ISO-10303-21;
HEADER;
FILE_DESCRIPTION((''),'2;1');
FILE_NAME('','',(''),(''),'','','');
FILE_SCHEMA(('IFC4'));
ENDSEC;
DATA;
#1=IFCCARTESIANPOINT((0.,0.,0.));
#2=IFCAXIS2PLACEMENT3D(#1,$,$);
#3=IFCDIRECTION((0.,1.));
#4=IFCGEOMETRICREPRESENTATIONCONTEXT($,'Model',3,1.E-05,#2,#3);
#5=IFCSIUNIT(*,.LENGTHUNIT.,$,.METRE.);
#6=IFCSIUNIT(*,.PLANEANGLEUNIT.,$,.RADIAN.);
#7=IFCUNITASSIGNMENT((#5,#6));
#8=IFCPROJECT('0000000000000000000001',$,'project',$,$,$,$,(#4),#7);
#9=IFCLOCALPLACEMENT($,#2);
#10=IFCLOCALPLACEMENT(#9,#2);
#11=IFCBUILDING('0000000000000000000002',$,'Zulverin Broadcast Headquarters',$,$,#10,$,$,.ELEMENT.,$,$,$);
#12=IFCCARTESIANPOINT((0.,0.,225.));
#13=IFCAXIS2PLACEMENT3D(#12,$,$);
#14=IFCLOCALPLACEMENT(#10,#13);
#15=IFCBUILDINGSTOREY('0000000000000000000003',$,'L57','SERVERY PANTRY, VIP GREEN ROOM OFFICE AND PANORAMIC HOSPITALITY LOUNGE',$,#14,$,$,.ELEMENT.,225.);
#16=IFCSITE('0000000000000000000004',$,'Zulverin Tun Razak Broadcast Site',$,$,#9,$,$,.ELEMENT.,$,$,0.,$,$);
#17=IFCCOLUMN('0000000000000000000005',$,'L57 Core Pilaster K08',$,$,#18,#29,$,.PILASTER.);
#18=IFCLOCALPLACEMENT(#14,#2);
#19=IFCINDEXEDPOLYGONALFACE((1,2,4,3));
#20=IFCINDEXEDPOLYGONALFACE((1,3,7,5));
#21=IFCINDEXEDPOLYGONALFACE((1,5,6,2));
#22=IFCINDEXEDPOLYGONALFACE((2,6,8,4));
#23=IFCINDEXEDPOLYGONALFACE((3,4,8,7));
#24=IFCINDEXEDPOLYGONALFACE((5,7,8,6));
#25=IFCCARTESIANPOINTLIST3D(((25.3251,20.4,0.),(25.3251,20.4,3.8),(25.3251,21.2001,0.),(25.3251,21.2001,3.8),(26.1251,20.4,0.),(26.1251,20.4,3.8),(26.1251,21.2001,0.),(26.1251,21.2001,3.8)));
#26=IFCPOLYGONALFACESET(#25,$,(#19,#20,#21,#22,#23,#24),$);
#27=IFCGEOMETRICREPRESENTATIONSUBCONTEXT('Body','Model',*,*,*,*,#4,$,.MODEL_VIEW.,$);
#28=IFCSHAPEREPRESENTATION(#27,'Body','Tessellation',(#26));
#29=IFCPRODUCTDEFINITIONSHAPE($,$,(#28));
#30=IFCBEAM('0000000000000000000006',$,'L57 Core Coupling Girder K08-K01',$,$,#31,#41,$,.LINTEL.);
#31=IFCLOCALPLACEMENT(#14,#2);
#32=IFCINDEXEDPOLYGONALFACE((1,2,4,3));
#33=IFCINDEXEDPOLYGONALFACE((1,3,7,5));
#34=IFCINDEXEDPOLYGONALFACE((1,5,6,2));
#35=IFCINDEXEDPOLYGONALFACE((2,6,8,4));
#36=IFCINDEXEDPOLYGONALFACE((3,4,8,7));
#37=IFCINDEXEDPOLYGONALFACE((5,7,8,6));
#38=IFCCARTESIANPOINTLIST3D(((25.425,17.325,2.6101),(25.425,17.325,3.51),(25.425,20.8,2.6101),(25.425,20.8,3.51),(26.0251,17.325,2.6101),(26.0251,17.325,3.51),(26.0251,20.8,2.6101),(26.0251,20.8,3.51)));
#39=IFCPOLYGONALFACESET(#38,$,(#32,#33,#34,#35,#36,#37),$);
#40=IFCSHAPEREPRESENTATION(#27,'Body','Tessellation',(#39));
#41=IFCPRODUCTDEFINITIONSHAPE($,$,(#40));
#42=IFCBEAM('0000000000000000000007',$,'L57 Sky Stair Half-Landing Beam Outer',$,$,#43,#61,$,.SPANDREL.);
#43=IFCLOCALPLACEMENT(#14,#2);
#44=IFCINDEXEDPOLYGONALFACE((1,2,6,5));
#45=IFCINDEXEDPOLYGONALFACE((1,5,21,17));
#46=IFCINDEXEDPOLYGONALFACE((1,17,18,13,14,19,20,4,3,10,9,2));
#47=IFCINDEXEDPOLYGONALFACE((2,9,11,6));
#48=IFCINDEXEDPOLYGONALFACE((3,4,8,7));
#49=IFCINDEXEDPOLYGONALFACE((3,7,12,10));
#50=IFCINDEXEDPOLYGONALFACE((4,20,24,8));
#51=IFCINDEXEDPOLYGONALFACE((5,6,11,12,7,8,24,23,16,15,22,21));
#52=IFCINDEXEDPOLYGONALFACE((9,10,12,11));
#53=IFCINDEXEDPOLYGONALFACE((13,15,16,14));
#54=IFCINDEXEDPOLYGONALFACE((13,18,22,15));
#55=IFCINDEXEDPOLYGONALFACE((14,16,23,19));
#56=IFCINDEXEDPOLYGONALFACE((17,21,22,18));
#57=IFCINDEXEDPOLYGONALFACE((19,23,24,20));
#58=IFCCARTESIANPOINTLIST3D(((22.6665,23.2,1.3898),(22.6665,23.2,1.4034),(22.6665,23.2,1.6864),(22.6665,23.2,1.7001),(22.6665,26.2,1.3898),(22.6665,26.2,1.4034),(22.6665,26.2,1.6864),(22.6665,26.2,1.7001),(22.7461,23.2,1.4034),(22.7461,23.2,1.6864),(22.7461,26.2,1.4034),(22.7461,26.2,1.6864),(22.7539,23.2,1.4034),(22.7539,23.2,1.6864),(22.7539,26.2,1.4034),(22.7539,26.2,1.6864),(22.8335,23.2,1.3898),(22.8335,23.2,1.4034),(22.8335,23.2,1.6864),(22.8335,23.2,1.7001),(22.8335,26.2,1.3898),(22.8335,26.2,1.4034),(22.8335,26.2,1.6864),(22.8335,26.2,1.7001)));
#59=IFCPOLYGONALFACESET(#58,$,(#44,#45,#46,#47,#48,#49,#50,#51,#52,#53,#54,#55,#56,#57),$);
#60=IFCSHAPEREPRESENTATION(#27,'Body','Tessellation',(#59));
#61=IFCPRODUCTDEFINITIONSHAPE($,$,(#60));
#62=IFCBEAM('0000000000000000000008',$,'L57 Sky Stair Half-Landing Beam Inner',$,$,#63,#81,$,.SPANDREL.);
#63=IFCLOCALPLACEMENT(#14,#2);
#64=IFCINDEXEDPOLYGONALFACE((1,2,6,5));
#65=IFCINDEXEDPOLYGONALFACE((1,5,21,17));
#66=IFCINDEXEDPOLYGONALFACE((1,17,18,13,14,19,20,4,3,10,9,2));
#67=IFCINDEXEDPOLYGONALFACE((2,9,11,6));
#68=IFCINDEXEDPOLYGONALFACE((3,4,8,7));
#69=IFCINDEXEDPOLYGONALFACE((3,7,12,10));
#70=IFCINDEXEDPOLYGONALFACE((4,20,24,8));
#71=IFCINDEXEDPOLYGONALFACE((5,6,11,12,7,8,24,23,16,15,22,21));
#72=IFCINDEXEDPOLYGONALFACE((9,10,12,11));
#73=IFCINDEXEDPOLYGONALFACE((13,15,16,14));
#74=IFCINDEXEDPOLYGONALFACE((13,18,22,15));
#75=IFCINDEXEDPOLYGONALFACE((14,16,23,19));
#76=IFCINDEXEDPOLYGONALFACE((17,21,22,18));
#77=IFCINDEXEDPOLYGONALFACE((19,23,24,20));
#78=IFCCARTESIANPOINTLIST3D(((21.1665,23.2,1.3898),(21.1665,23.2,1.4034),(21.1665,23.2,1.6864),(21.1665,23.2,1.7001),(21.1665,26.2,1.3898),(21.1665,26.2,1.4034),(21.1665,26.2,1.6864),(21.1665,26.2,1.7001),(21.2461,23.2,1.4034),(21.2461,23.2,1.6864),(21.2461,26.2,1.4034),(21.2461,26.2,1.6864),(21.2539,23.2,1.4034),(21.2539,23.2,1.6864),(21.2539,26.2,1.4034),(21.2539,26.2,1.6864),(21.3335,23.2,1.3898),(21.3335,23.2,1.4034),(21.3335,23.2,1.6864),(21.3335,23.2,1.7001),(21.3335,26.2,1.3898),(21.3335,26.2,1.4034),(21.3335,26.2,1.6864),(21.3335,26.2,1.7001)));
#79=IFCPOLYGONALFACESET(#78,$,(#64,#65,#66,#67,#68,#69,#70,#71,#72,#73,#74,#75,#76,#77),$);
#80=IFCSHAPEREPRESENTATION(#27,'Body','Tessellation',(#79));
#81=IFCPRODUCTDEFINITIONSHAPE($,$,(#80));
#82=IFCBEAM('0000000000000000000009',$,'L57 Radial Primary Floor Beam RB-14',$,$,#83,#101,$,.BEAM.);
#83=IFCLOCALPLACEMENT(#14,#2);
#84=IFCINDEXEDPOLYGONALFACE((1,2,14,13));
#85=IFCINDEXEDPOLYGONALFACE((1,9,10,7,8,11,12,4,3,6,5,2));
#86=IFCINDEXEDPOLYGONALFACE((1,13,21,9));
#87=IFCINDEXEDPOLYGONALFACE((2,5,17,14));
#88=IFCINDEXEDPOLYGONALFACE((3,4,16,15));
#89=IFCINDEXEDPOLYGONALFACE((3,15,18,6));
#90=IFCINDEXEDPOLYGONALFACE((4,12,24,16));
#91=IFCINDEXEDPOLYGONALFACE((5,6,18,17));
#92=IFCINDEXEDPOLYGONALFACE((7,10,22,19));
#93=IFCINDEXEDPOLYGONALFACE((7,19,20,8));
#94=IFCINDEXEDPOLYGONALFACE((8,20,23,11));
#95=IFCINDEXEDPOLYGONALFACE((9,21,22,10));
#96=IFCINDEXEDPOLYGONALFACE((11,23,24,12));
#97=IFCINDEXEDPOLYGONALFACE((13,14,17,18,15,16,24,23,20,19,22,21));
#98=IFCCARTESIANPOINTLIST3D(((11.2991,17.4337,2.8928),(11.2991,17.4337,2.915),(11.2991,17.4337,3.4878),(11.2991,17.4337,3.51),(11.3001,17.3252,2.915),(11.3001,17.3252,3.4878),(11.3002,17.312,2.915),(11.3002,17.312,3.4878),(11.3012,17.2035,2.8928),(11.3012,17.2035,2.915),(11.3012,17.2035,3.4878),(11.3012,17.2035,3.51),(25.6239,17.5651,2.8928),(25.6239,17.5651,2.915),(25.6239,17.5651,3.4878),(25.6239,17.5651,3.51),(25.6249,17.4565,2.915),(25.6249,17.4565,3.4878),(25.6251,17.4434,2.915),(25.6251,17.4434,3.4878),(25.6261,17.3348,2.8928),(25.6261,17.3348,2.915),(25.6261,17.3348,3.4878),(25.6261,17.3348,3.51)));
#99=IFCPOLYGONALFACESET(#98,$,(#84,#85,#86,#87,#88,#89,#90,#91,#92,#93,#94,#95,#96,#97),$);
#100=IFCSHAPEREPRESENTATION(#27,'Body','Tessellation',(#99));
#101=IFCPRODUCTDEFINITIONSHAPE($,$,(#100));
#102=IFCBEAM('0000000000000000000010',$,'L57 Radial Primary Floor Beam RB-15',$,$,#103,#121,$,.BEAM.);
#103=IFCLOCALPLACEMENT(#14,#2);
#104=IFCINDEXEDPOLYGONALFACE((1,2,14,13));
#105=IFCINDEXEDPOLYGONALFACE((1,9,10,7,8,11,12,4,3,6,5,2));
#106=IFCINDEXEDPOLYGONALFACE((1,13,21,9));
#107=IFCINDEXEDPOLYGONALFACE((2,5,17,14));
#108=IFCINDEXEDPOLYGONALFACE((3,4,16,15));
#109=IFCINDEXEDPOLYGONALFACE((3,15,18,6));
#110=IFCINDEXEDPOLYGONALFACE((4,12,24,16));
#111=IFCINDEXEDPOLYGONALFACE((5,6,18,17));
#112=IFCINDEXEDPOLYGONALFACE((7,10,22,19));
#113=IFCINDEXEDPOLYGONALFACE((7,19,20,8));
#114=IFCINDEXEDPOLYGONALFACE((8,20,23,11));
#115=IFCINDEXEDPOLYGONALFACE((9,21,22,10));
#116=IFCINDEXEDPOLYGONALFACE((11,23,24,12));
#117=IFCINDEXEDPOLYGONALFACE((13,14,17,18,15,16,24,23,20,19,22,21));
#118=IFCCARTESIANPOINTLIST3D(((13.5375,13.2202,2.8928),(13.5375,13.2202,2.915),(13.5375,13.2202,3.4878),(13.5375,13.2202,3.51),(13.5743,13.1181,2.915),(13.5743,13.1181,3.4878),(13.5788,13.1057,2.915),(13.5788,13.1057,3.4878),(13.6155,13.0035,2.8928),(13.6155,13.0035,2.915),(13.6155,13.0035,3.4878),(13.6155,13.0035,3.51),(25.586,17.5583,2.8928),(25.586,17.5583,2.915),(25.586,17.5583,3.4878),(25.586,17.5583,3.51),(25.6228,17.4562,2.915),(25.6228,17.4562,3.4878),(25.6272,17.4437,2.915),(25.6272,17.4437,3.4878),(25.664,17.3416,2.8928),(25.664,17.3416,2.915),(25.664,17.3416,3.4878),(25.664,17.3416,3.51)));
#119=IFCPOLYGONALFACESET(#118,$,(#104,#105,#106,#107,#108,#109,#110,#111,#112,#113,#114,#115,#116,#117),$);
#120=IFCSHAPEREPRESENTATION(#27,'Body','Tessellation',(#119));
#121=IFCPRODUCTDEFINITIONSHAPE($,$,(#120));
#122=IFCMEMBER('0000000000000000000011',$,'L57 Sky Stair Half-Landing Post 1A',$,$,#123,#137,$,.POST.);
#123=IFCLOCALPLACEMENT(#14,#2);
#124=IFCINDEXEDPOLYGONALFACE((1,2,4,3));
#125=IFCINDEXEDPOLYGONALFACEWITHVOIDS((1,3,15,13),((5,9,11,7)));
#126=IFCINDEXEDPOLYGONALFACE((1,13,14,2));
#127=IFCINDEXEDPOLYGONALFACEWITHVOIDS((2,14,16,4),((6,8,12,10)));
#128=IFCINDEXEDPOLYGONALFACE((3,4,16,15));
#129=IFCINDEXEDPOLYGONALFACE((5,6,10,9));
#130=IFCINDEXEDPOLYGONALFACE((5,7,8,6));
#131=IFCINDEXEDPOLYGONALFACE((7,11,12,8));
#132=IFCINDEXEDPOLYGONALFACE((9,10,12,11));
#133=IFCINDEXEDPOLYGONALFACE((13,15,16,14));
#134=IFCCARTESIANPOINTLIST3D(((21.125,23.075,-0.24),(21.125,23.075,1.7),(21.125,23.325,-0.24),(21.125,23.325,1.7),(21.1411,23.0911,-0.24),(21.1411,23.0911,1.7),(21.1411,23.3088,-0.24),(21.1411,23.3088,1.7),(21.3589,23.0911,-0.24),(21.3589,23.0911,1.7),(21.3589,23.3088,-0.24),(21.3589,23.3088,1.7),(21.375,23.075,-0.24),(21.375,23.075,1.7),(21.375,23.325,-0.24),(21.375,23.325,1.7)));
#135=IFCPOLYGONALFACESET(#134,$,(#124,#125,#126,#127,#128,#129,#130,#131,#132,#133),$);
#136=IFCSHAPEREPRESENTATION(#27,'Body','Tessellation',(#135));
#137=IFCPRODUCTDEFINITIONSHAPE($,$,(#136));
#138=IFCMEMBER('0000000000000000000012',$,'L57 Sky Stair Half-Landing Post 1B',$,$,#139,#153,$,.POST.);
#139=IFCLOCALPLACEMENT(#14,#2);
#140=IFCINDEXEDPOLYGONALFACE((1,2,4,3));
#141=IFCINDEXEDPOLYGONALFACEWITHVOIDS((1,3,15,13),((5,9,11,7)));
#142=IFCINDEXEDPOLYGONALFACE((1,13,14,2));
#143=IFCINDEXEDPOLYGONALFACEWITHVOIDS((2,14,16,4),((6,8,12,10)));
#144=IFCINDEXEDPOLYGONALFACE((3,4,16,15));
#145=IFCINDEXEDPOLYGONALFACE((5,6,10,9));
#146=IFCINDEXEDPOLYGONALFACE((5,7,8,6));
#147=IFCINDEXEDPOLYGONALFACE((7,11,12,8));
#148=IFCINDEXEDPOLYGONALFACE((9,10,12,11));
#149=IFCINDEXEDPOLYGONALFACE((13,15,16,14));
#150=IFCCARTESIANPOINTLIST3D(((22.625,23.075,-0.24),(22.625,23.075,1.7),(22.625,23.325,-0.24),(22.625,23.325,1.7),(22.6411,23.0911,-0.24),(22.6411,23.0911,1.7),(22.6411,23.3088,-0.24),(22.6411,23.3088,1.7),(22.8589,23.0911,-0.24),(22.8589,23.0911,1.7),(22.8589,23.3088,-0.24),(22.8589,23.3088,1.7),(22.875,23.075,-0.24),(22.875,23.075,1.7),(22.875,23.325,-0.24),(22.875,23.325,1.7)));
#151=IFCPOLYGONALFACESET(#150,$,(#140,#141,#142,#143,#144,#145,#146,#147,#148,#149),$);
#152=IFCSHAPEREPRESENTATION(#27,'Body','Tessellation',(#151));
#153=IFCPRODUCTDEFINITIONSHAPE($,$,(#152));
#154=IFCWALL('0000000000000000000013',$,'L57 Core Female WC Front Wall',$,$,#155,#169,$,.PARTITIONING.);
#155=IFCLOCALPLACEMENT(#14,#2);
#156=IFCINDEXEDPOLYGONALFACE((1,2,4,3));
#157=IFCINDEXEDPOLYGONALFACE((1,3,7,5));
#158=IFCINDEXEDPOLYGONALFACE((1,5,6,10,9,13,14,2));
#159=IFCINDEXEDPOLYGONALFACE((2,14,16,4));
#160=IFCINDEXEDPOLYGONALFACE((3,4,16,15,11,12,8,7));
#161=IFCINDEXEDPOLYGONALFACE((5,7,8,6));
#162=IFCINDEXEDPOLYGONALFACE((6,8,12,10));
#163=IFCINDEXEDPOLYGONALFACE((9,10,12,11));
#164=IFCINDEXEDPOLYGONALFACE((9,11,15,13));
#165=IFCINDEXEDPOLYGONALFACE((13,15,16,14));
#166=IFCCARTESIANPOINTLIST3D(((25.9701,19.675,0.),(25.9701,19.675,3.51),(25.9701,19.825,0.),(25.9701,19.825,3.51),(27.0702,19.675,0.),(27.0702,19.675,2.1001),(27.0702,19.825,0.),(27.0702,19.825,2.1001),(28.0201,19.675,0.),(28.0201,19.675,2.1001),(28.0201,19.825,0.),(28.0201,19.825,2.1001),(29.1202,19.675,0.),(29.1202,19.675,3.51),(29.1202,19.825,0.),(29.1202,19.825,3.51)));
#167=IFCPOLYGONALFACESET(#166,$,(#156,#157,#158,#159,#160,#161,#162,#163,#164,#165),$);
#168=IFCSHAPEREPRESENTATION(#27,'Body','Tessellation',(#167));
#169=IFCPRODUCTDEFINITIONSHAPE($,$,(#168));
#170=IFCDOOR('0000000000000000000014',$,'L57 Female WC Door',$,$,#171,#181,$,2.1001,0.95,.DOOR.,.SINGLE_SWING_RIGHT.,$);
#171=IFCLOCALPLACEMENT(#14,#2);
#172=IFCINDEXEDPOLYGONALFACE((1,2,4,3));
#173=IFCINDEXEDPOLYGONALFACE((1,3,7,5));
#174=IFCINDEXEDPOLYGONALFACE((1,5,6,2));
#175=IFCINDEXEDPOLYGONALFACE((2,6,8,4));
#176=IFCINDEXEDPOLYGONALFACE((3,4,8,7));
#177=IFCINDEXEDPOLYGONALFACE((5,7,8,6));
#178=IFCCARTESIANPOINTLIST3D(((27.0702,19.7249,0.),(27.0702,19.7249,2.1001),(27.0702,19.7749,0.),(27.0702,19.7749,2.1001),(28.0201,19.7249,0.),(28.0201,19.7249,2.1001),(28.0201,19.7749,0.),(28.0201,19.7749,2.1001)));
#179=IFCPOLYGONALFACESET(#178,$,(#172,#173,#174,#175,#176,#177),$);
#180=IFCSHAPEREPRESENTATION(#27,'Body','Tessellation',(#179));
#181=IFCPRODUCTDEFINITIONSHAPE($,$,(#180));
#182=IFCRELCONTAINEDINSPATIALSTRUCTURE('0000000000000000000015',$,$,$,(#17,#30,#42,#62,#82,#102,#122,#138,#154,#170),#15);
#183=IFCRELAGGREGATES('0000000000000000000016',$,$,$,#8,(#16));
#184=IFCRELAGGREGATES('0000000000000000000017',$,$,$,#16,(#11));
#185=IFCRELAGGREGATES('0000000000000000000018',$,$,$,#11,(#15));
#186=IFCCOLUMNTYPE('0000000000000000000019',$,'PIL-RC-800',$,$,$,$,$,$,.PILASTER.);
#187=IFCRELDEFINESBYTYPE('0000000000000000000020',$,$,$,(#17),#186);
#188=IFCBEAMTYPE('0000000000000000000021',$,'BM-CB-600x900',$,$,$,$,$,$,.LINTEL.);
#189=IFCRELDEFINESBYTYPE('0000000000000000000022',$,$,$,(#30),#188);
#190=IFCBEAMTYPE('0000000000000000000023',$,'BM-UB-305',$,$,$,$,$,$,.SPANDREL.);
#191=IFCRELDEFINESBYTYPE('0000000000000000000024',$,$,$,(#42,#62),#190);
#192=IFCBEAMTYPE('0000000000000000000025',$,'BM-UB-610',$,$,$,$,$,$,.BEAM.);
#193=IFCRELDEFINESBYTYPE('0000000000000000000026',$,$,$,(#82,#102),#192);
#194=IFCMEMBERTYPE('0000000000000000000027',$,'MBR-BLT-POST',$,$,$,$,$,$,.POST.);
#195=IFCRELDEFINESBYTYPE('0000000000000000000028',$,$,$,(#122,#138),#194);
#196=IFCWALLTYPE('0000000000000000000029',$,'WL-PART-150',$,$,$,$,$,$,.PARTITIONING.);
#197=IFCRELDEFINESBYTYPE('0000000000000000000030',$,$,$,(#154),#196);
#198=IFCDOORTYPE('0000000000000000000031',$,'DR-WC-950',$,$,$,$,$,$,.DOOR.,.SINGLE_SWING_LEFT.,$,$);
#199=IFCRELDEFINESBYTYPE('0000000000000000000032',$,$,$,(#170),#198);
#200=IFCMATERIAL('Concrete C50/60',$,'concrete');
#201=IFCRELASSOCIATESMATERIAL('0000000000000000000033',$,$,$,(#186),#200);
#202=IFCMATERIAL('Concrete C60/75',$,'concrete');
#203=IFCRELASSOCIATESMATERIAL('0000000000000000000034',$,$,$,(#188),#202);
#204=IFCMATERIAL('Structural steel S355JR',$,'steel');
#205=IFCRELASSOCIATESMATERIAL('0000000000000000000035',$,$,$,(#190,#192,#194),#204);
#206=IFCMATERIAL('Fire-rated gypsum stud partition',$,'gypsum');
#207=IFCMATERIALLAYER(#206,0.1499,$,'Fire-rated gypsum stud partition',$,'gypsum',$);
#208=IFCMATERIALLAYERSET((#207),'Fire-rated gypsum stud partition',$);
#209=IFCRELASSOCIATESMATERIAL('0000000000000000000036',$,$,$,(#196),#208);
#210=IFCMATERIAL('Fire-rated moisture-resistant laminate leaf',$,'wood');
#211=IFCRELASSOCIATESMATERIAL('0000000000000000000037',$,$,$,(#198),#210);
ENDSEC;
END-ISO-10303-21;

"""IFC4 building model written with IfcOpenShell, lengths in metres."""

from ifc_helpers import new_model, si_unit, direction, frame, frame_2d, origin, origin_2d, place, context, subcontext, project, spatial, rectangle, hollow_rectangle, i_section, extrude, material, layer, layer_set, material_profile, profile_set, type_object, element, fill, save


model = new_model("IFC4")

# Units and contexts
model_context = context("Model", 3, precision=1e-05, world=origin(), true_north=direction((0.0, 1.0)))
body_context = subcontext(model_context, "Body", "Model", "MODEL_VIEW")
ifc_project = project(units=[si_unit("LENGTHUNIT", "METRE"), si_unit("PLANEANGLEUNIT", "RADIAN")], contexts=[model_context])

# Site, building, storey
site_placement = place(None, origin())
site = spatial("IfcSite", under=ifc_project, at=site_placement, Name="Zulverin Tun Razak Broadcast Site", CompositionType="ELEMENT", RefElevation=0.0)
building_placement = place(site_placement, origin())
building = spatial("IfcBuilding", under=site, at=building_placement, Name="Zulverin Broadcast Headquarters", CompositionType="ELEMENT")
storey_placement = place(building_placement, frame((0.0, 0.0, 225.0)))
storey = spatial("IfcBuildingStorey", under=building, at=storey_placement, Name="L57", Description="SERVERY PANTRY, VIP GREEN ROOM OFFICE AND PANORAMIC HOSPITALITY LOUNGE", CompositionType="ELEMENT", Elevation=225.0)

# Column
ifc_material_1 = material(Name="Concrete C50/60", Category="concrete")
ifc_material_profile_1 = material_profile(ifc_material_1, rectangle(XDim=0.8, YDim=0.8, at=origin_2d()), Name="Concrete C50/60", Category="concrete")
ifc_profile_set_1 = profile_set([ifc_material_profile_1], Name="Concrete C50/60")
column_type = type_object("IfcColumnType", Name="PIL-RC-800", PredefinedType="PILASTER", material=ifc_profile_set_1)
column_placement = place(storey_placement, frame((25.7251, 20.8, 0.0), z_axis=(0.0, 0.0, 1.0), x_axis=(1.0, 0.0, 0.0)))
element("IfcColumn", 1, at=column_placement, inside=storey, type_object=column_type, Name="L57 Core Pilaster K08", PredefinedType="PILASTER", context=body_context, shape_type="SweptSolid", body=[
    extrude(rectangle(XDim=0.8, YDim=0.8, at=origin_2d()), origin(), (0.0, 0.0, 1.0), 3.8),
])

# Beams
ifc_material_2 = material(Name="Concrete C60/75", Category="concrete")
ifc_material_profile_2 = material_profile(ifc_material_2, rectangle(XDim=0.6001, YDim=0.8999, at=origin_2d()), Name="Concrete C60/75", Category="concrete")
ifc_profile_set_2 = profile_set([ifc_material_profile_2], Name="Concrete C60/75")
beam_type_1 = type_object("IfcBeamType", Name="BM-CB-600x900", PredefinedType="LINTEL", material=ifc_profile_set_2)
beam_1_placement = place(storey_placement, frame((25.7251, 20.8, 3.0601), z_axis=(0.0, -1.0, 0.0), x_axis=(1.0, 0.0, 0.0)))
element("IfcBeam", 2, at=beam_1_placement, inside=storey, type_object=beam_type_1, Name="L57 Core Coupling Girder K08-K01", PredefinedType="LINTEL", context=body_context, shape_type="SweptSolid", body=[
    extrude(rectangle(XDim=0.6001, YDim=0.8999, at=origin_2d()), origin(), (0.0, 0.0, 1.0), 3.4751),
])
ifc_material_3 = material(Name="Structural steel S355JR", Category="steel")
ifc_material_profile_3 = material_profile(ifc_material_3, i_section(OverallWidth=0.167, OverallDepth=0.3103, WebThickness=0.0078, FlangeThickness=0.0137, at=origin_2d()), Name="Structural steel S355JR", Category="steel")
ifc_profile_set_3 = profile_set([ifc_material_profile_3], Name="Structural steel S355JR")
beam_type_2 = type_object("IfcBeamType", Name="BM-UB-305", PredefinedType="SPANDREL", material=ifc_profile_set_3)
for number, where, z_axis, x_axis, name in (
    (3, (22.75, 23.2, 1.5449), (0.0, 1.0, 0.0), (-1.0, 0.0, 0.0), "L57 Sky Stair Half-Landing Beam Outer"),
    (4, (21.25, 23.2, 1.5449), (0.0, 1.0, 0.0), (-1.0, 0.0, 0.0), "L57 Sky Stair Half-Landing Beam Inner"),
):
    element("IfcBeam", number, at=place(storey_placement, frame(where, z_axis=z_axis, x_axis=x_axis)), inside=storey, type_object=beam_type_2, Name=name, PredefinedType="SPANDREL", context=body_context, shape_type="SweptSolid", body=[
        extrude(i_section(OverallWidth=0.167, OverallDepth=0.3103, WebThickness=0.0078, FlangeThickness=0.0137, at=origin_2d()), origin(), (0.0, 0.0, 1.0), 3.0),
    ])
ifc_material_profile_4 = material_profile(ifc_material_3, i_section(OverallWidth=0.2302, OverallDepth=0.6172, WebThickness=0.0132, FlangeThickness=0.0222, at=origin_2d()), Name="Structural steel S355JR", Category="steel")
ifc_profile_set_4 = profile_set([ifc_material_profile_4], Name="Structural steel S355JR")
beam_type_3 = type_object("IfcBeamType", Name="BM-UB-610", PredefinedType="BEAM", material=ifc_profile_set_4)
beam_2_placement = place(storey_placement, frame((25.625, 17.45, 3.2014), z_axis=(-0.999958, -0.009169, 0.0), x_axis=(0.009169, -0.999958, 0.0)))
element("IfcBeam", 5, at=beam_2_placement, inside=storey, type_object=beam_type_3, Name="L57 Radial Primary Floor Beam RB-14", PredefinedType="BEAM", context=body_context, shape_type="SweptSolid", body=[
    extrude(i_section(OverallWidth=0.2302, OverallDepth=0.6172, WebThickness=0.0132, FlangeThickness=0.0222, at=origin_2d()), origin(), (0.0, 0.0, 1.0), 14.3254),
])
beam_3_placement = place(storey_placement, frame((25.625, 17.45, 3.2014), z_axis=(-0.940871, -0.338764, 0.0), x_axis=(0.338764, -0.940871, 0.0)))
element("IfcBeam", 6, at=beam_3_placement, inside=storey, type_object=beam_type_3, Name="L57 Radial Primary Floor Beam RB-15", PredefinedType="BEAM", context=body_context, shape_type="SweptSolid", body=[
    extrude(i_section(OverallWidth=0.2302, OverallDepth=0.6172, WebThickness=0.0132, FlangeThickness=0.0222, at=origin_2d()), origin(), (0.0, 0.0, 1.0), 12.8057),
])

# Members
ifc_material_profile_5 = material_profile(ifc_material_3, hollow_rectangle(XDim=0.25, YDim=0.25, WallThickness=0.0161, at=origin_2d()), Name="Structural steel S355JR", Category="steel")
ifc_profile_set_5 = profile_set([ifc_material_profile_5], Name="Structural steel S355JR")
member_type = type_object("IfcMemberType", Name="MBR-BLT-POST", PredefinedType="POST", material=ifc_profile_set_5)
for number, where, z_axis, x_axis, name in (
    (7, (21.25, 23.2, -0.24), (0.0, 0.0, 1.0), (1.0, 0.0, 0.0), "L57 Sky Stair Half-Landing Post 1A"),
    (8, (22.75, 23.2, -0.24), (0.0, 0.0, 1.0), (1.0, 0.0, 0.0), "L57 Sky Stair Half-Landing Post 1B"),
):
    element("IfcMember", number, at=place(storey_placement, frame(where, z_axis=z_axis, x_axis=x_axis)), inside=storey, type_object=member_type, Name=name, PredefinedType="POST", context=body_context, shape_type="SweptSolid", body=[
        extrude(hollow_rectangle(XDim=0.25, YDim=0.25, WallThickness=0.0161, at=origin_2d()), origin(), (0.0, 0.0, 1.0), 1.9399),
    ])

# Wall, opening, door
ifc_material_4 = material(Name="Fire-rated gypsum stud partition", Category="gypsum")
ifc_layer_1 = layer(ifc_material_4, 0.1499, Name="Fire-rated gypsum stud partition", Category="gypsum")
ifc_layer_set_1 = layer_set([ifc_layer_1], Name="Fire-rated gypsum stud partition")
wall_type_1 = type_object("IfcWallType", Name="WL-PART-150", PredefinedType="PARTITIONING", material=ifc_layer_set_1)
wall_1_placement = place(storey_placement, frame((25.97, 19.75, 0.0), z_axis=(0.0, 0.0, 1.0), x_axis=(1.0, 0.0, 0.0)))
wall_1 = element("IfcWall", 9, at=wall_1_placement, inside=storey, type_object=wall_type_1, Name="L57 Core Female WC Front Wall", PredefinedType="PARTITIONING", context=body_context, shape_type="SweptSolid", body=[
    extrude(rectangle(XDim=3.1501, YDim=0.1499, at=frame_2d((1.5752, 0.0))), origin(), (0.0, 0.0, 1.0), 3.51),
])
opening_1_placement = place(wall_1_placement, frame((1.1001, 0.0, 0.0)))
opening_1 = element("IfcOpeningElement", 10, at=opening_1_placement, cuts=wall_1, PredefinedType="OPENING", context=body_context, shape_type="SweptSolid", body=[
    extrude(rectangle(XDim=0.95, YDim=2.1001, at=frame_2d((0.4751, 1.05))), frame((0.0, 0.085, 0.0), z_axis=(0.0, -1.0, 0.0), x_axis=(1.0, 0.0, 0.0)), (0.0, 0.0, 1.0), 0.1699),
])
ifc_material_5 = material(Name="Fire-rated moisture-resistant laminate leaf", Category="wood")
door_type_1 = type_object("IfcDoorType", Name="DR-WC-950", OperationType="SINGLE_SWING_LEFT", PredefinedType="DOOR", material=ifc_material_5)
door_1_placement = place(opening_1_placement, origin())
door_1 = element("IfcDoor", 11, at=door_1_placement, inside=storey, type_object=door_type_1, Name="L57 Female WC Door", OperationType="SINGLE_SWING_RIGHT", OverallHeight=2.1001, OverallWidth=0.95, PredefinedType="DOOR", context=body_context, shape_type="SweptSolid", body=[
    extrude(rectangle(XDim=0.95, YDim=2.1001, at=frame_2d((0.4751, 1.05))), frame((0.0, 0.0249, 0.0), z_axis=(0.0, -1.0, 0.0), x_axis=(1.0, 0.0, 0.0)), (0.0, 0.0, 1.0), 0.05),
])
fill(opening_1, door_1)

save(model, "model.ifc")
